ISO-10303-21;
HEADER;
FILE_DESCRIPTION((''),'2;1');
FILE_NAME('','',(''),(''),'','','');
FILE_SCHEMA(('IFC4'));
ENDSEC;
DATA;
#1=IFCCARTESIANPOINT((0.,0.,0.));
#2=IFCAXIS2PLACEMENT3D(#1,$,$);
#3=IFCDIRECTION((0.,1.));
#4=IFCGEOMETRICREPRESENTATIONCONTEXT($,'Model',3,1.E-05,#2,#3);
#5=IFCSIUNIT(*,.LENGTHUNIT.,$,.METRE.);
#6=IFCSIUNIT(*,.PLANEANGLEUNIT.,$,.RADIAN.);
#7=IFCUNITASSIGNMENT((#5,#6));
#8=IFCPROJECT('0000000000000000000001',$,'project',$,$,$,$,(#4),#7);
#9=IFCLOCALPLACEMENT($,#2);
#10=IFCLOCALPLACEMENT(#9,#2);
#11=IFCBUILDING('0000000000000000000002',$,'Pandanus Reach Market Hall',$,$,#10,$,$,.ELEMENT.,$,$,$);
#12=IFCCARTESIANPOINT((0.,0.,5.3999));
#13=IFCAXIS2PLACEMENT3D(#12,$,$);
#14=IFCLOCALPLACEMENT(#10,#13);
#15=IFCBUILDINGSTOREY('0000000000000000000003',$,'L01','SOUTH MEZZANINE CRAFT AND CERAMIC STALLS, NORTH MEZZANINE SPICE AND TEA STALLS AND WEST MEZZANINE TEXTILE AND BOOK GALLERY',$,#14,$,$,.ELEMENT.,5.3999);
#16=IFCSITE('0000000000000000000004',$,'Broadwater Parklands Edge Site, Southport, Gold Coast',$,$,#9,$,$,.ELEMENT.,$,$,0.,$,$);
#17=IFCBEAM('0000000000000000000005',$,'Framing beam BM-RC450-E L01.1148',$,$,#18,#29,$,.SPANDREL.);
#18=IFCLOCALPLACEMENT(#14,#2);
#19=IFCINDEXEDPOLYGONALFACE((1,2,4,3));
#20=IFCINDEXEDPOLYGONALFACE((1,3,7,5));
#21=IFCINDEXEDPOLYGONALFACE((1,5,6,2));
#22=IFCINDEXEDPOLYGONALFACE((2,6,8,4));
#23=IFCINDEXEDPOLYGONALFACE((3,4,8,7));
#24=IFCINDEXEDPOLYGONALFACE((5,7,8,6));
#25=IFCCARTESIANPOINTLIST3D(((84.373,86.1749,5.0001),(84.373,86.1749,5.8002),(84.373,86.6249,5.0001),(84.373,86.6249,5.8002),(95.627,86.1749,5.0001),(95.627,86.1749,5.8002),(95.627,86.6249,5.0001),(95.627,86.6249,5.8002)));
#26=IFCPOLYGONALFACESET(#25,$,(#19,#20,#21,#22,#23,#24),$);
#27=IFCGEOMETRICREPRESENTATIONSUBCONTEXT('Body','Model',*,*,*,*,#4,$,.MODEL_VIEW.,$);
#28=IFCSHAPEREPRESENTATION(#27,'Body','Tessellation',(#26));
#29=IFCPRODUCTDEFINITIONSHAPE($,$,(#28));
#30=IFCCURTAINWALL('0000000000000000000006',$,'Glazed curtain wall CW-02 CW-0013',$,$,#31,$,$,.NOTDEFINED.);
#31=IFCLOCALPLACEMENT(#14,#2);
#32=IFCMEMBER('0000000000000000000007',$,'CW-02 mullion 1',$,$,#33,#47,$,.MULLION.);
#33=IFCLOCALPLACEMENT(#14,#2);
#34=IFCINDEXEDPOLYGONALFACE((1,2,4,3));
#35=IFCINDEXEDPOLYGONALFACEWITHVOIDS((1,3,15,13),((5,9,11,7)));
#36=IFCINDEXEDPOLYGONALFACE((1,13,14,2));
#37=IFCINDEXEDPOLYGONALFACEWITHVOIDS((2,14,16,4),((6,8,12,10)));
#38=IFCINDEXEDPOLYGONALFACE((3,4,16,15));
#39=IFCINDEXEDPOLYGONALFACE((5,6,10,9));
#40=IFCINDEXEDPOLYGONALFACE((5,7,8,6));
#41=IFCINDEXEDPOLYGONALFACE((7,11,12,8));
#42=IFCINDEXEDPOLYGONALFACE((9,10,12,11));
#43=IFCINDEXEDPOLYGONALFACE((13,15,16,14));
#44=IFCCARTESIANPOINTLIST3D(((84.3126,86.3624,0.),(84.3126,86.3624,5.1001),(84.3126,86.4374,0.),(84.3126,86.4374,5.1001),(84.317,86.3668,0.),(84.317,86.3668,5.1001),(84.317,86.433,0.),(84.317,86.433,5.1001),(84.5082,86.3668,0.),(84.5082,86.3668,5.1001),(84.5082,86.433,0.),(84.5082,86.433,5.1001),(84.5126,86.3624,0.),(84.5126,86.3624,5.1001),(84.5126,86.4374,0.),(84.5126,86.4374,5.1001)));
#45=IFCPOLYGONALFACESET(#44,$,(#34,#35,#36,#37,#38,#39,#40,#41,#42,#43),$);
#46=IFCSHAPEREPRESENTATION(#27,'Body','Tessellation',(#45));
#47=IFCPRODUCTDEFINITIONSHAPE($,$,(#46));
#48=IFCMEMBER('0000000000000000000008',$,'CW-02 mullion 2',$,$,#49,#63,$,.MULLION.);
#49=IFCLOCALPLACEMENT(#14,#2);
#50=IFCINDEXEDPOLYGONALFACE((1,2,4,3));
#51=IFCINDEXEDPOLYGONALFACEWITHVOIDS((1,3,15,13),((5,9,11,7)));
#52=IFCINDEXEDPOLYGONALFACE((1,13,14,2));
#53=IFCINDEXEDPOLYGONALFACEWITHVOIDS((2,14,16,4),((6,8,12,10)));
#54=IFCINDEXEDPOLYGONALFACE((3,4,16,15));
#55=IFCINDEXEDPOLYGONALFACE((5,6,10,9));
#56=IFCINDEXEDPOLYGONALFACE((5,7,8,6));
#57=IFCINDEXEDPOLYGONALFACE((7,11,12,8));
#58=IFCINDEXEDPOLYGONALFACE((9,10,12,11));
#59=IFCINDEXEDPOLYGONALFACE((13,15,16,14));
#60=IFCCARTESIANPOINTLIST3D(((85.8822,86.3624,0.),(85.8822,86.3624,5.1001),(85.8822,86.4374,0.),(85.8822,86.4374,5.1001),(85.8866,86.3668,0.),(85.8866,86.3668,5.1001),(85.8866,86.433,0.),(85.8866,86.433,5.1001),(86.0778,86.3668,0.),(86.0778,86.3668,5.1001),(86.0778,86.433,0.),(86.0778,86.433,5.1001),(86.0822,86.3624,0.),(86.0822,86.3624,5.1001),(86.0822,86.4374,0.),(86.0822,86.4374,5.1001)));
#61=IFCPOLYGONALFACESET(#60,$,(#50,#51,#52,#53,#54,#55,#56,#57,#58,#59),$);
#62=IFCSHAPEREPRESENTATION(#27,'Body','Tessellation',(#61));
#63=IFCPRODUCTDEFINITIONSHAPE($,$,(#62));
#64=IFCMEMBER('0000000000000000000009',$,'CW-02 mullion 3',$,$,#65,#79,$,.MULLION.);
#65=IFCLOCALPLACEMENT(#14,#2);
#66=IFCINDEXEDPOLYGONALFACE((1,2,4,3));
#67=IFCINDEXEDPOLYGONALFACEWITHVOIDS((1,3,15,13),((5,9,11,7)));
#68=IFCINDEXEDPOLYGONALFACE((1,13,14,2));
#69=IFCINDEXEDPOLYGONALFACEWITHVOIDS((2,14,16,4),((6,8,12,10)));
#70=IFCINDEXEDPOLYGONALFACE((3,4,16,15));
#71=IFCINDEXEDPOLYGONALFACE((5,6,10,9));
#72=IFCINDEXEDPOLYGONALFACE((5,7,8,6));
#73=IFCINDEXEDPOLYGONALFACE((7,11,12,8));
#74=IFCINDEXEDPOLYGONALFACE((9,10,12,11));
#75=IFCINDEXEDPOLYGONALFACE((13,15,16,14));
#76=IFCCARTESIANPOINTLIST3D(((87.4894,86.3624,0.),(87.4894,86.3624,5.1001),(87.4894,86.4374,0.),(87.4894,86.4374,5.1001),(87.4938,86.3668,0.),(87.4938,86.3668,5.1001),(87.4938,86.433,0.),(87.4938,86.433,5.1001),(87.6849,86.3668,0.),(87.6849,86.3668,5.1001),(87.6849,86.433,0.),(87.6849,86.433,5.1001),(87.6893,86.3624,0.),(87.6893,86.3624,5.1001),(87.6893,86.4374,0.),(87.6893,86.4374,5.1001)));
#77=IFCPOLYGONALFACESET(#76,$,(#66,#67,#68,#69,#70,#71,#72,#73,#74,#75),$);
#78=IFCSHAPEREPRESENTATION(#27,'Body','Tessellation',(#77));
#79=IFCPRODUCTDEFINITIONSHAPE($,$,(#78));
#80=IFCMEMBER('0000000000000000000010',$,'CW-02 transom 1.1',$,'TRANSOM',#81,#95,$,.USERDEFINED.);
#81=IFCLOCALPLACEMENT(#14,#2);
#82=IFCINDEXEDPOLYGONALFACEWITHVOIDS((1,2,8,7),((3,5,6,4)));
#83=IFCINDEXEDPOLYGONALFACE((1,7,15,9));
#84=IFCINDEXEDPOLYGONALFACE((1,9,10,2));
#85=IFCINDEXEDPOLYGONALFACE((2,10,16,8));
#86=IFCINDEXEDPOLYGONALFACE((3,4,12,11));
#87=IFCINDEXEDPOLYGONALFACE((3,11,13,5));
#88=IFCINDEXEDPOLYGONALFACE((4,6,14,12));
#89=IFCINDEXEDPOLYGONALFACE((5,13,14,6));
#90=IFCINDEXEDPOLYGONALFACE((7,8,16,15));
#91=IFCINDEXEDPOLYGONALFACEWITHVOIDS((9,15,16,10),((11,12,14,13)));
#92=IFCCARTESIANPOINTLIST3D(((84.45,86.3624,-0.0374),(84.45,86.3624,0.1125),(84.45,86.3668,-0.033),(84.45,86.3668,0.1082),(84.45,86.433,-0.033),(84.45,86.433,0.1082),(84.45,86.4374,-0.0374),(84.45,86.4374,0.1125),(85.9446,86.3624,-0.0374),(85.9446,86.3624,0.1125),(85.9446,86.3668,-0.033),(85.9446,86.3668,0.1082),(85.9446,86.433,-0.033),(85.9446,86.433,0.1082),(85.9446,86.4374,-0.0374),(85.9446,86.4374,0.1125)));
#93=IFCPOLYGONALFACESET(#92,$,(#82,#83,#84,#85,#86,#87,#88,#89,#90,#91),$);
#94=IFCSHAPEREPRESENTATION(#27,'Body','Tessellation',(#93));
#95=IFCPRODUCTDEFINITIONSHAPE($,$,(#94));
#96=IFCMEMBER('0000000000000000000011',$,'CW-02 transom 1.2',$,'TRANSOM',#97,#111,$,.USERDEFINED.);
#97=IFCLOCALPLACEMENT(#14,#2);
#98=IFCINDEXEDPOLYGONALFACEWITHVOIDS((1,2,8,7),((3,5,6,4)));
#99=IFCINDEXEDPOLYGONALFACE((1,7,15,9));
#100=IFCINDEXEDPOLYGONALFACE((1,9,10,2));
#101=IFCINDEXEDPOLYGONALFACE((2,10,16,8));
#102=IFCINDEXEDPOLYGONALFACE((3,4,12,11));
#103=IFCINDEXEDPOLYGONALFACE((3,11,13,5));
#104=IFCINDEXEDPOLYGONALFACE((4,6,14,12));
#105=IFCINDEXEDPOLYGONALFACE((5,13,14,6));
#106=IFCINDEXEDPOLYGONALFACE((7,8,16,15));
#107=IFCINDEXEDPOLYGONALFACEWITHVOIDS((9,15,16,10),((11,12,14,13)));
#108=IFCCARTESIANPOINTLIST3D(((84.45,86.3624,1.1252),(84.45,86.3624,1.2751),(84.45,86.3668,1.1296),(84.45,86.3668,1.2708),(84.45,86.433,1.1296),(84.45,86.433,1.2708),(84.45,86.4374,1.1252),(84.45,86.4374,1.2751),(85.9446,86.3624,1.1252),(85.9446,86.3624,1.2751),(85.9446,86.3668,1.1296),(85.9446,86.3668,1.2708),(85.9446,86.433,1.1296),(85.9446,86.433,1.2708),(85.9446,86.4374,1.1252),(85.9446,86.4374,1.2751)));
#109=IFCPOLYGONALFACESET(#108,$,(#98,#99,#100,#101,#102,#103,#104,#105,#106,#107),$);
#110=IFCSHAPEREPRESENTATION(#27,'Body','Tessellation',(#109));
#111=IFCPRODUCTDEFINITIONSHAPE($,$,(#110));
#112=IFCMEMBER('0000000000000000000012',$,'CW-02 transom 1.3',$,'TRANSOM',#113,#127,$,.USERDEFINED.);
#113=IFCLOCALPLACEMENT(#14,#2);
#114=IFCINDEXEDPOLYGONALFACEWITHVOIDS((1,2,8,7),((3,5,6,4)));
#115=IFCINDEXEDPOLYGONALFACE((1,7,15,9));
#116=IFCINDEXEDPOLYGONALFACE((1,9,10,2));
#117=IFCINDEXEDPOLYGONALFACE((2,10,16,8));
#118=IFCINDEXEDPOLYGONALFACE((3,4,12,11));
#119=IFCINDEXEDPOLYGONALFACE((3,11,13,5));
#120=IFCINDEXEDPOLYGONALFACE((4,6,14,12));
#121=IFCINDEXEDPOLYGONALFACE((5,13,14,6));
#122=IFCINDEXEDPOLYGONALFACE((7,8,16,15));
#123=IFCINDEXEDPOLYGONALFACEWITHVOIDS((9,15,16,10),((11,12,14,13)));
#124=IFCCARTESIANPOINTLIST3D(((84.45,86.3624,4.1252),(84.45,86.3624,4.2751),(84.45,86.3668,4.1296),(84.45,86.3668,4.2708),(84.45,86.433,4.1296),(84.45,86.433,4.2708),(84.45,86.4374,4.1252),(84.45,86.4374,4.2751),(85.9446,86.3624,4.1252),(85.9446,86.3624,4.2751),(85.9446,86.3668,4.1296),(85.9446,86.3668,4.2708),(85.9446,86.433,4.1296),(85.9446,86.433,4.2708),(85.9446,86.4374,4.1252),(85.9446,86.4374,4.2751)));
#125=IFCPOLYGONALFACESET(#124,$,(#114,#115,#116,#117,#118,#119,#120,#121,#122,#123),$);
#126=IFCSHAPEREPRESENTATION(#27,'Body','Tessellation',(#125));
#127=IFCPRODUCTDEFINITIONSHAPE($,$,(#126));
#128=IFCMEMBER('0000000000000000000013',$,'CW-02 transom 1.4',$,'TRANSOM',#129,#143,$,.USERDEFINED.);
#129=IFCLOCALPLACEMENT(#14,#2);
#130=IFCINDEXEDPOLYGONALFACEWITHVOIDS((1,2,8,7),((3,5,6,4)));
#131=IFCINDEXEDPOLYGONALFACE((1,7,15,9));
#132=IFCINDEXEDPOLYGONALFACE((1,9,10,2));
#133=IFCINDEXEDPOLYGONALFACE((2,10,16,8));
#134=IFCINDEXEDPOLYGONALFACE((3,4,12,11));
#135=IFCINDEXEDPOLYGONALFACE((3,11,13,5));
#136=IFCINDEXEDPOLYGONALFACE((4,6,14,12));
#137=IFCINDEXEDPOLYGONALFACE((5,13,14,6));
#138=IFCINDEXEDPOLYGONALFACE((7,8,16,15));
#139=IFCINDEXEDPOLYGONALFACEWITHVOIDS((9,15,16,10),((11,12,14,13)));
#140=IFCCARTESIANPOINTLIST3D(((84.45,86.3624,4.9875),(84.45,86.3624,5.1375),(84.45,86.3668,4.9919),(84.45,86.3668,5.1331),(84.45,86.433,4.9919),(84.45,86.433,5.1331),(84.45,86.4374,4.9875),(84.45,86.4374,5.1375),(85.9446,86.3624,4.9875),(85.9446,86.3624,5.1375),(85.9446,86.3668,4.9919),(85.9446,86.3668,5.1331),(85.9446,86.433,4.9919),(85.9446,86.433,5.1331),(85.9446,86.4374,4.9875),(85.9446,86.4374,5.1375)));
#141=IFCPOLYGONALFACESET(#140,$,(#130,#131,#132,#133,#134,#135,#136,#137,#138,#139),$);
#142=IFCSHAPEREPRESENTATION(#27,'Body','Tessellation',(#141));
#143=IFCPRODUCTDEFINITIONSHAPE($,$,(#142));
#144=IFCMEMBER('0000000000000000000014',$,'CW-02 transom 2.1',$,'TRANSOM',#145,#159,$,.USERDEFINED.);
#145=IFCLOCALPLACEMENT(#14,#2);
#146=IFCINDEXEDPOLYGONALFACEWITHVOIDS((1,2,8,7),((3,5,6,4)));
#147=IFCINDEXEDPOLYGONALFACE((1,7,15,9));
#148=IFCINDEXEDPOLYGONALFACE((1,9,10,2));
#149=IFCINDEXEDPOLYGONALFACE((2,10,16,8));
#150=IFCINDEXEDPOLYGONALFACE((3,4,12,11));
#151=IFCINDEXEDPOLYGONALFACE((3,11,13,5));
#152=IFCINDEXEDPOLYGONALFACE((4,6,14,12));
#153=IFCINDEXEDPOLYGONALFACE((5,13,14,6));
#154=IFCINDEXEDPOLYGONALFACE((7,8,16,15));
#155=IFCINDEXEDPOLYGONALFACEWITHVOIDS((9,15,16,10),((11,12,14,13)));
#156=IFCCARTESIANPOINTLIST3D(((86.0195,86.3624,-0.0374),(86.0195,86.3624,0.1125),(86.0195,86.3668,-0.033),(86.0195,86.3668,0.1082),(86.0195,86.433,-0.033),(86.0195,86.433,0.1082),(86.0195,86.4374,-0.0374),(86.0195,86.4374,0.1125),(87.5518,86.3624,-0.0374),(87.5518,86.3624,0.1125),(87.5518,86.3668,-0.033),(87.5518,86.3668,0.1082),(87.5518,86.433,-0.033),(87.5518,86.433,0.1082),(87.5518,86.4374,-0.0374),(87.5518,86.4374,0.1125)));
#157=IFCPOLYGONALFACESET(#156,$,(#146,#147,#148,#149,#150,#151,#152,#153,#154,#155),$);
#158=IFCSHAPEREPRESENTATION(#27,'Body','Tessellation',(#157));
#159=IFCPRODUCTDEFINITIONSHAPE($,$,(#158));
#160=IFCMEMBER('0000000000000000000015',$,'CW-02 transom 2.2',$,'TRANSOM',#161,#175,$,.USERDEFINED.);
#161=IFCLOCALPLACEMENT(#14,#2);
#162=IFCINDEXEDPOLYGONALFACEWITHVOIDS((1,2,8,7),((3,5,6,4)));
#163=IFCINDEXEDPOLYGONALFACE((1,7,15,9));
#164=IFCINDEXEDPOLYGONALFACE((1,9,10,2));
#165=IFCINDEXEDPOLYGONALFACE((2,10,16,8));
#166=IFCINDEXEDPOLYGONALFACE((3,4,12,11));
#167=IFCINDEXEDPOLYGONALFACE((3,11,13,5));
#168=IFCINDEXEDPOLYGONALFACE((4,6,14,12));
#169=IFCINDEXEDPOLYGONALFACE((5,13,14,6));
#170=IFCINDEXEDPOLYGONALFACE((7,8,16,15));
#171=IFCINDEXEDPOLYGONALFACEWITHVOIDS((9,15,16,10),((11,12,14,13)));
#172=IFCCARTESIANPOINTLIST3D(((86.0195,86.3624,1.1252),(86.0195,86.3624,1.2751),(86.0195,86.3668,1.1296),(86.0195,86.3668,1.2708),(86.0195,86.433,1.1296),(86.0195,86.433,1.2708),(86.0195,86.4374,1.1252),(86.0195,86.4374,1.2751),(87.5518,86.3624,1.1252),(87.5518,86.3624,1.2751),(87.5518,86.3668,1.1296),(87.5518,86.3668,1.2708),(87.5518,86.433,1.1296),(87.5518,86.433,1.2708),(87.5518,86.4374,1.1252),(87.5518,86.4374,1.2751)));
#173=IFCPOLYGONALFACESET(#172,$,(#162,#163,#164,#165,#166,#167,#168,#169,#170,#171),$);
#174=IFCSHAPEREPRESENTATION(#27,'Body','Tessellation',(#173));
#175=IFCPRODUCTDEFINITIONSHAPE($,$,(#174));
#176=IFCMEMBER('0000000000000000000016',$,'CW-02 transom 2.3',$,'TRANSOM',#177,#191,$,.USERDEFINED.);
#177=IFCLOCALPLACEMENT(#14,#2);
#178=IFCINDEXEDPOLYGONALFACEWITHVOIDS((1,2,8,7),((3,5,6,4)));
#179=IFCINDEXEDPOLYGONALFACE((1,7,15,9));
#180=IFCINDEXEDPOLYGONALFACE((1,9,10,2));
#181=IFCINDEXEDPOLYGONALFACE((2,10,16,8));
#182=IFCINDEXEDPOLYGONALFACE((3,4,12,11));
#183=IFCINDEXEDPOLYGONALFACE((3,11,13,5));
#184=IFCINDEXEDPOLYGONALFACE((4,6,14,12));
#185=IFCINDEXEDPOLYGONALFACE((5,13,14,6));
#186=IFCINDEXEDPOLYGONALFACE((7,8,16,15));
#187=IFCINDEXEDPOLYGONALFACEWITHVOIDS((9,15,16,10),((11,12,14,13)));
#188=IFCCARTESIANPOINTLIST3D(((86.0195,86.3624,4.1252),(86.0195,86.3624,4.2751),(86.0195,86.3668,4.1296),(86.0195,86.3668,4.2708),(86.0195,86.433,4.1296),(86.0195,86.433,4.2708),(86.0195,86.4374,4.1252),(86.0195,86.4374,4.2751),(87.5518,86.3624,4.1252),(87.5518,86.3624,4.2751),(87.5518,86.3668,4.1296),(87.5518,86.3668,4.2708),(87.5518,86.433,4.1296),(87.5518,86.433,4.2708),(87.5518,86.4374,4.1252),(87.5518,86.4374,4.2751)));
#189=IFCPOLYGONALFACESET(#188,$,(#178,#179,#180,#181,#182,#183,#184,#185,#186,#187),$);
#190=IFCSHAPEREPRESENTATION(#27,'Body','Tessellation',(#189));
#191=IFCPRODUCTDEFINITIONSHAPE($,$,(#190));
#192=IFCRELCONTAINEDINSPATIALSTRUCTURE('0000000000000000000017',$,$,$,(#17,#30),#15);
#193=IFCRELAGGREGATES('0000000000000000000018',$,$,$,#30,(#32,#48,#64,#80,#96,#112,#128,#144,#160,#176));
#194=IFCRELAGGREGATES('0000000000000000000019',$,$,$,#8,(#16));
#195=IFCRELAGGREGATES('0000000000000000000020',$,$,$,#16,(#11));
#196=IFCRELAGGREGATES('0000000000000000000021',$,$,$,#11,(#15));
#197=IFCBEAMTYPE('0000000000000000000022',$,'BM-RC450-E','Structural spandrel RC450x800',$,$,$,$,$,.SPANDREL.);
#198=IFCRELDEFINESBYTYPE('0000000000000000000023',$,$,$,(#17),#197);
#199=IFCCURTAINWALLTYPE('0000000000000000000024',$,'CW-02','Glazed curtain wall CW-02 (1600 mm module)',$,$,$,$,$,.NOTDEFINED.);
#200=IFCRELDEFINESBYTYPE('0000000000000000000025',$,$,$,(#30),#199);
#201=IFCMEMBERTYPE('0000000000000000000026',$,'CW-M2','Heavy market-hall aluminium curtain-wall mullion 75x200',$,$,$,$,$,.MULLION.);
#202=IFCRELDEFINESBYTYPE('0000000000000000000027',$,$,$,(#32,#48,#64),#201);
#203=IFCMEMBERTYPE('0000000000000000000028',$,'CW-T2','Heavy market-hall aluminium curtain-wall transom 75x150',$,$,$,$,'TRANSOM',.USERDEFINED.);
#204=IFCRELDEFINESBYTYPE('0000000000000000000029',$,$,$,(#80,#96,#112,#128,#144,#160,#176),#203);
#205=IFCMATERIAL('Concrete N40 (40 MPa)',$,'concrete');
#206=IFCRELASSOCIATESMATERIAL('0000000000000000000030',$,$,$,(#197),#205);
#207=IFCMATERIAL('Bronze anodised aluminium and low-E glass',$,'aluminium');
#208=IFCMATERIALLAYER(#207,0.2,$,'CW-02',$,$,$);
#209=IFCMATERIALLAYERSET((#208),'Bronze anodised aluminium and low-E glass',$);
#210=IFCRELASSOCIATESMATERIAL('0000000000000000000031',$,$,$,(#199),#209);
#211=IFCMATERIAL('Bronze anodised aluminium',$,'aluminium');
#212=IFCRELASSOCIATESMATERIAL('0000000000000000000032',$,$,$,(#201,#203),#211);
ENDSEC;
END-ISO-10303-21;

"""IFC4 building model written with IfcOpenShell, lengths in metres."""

from ifc_helpers import new_model, si_unit, direction, frame, origin, origin_2d, place, context, subcontext, project, spatial, rectangle, hollow_rectangle, extrude, material, layer, layer_set, material_profile, profile_set, type_object, element, aggregate, save


model = new_model("IFC4")

# Units and contexts
model_context = context("Model", 3, precision=1e-05, world=origin(), true_north=direction((0.0, 1.0)))
body_context = subcontext(model_context, "Body", "Model", "MODEL_VIEW")
ifc_project = project(units=[si_unit("LENGTHUNIT", "METRE"), si_unit("PLANEANGLEUNIT", "RADIAN")], contexts=[model_context])

# Site, building, storey
site_placement = place(None, origin())
site = spatial("IfcSite", under=ifc_project, at=site_placement, Name="Broadwater Parklands Edge Site, Southport, Gold Coast", CompositionType="ELEMENT", RefElevation=0.0)
building_placement = place(site_placement, origin())
building = spatial("IfcBuilding", under=site, at=building_placement, Name="Pandanus Reach Market Hall", CompositionType="ELEMENT")
storey_placement = place(building_placement, frame((0.0, 0.0, 5.3999)))
storey = spatial("IfcBuildingStorey", under=building, at=storey_placement, Name="L01", Description="SOUTH MEZZANINE CRAFT AND CERAMIC STALLS, NORTH MEZZANINE SPICE AND TEA STALLS AND WEST MEZZANINE TEXTILE AND BOOK GALLERY", CompositionType="ELEMENT", Elevation=5.3999)

# Beam
ifc_material_1 = material(Name="Concrete N40 (40 MPa)", Category="concrete")
ifc_material_profile_1 = material_profile(ifc_material_1, rectangle(XDim=0.45, YDim=0.8, at=origin_2d()), Name="RC450x800", Category="LoadBearing")
ifc_profile_set_1 = profile_set([ifc_material_profile_1], Name="Concrete N40 (40 MPa)")
beam_type = type_object("IfcBeamType", Name="BM-RC450-E", Description="Structural spandrel RC450x800", PredefinedType="SPANDREL", material=ifc_profile_set_1)
beam_placement = place(storey_placement, frame((84.373, 86.3999, 5.4001), z_axis=(1.0, 0.0, 0.0), x_axis=(0.0, 1.0, 0.0)))
element("IfcBeam", 1, at=beam_placement, inside=storey, type_object=beam_type, Name="Framing beam BM-RC450-E L01.1148", PredefinedType="SPANDREL", context=body_context, shape_type="SweptSolid", body=[
    extrude(rectangle(XDim=0.45, YDim=0.8, at=origin_2d()), origin(), (0.0, 0.0, 1.0), 11.2539),
])

# Curtain wall, members
ifc_material_2 = material(Name="Bronze anodised aluminium and low-E glass", Category="aluminium")
ifc_layer_1 = layer(ifc_material_2, 0.2, Name="CW-02")
ifc_layer_set_1 = layer_set([ifc_layer_1], Name="Bronze anodised aluminium and low-E glass")
curtain_wall_type = type_object("IfcCurtainWallType", Name="CW-02", Description="Glazed curtain wall CW-02 (1600 mm module)", PredefinedType="NOTDEFINED", material=ifc_layer_set_1)
curtain_wall_placement = place(storey_placement, origin())
curtain_wall = element("IfcCurtainWall", 2, at=curtain_wall_placement, inside=storey, type_object=curtain_wall_type, Name="Glazed curtain wall CW-02 CW-0013", PredefinedType="NOTDEFINED")
ifc_material_3 = material(Name="Bronze anodised aluminium", Category="aluminium")
ifc_material_profile_2 = material_profile(ifc_material_3, hollow_rectangle(XDim=0.075, YDim=0.2, WallThickness=0.0044, at=origin_2d()), Name="ALU75x200", Category="LoadBearing")
ifc_profile_set_2 = profile_set([ifc_material_profile_2], Name="Bronze anodised aluminium")
member_type_1 = type_object("IfcMemberType", Name="CW-M2", Description="Heavy market-hall aluminium curtain-wall mullion 75x200", PredefinedType="MULLION", material=ifc_profile_set_2)
member_1_placement = place(storey_placement, frame((84.4126, 86.3999, 0.0), z_axis=(0.0, 0.0, 1.0), x_axis=(0.0, 1.0, 0.0)))
member_1 = element("IfcMember", 3, at=member_1_placement, type_object=member_type_1, Name="CW-02 mullion 1", PredefinedType="MULLION", context=body_context, shape_type="SweptSolid", body=[
    extrude(hollow_rectangle(XDim=0.075, YDim=0.2, WallThickness=0.0044, at=origin_2d()), origin(), (0.0, 0.0, 1.0), 5.1001),
])
member_2_placement = place(storey_placement, frame((85.9822, 86.3999, 0.0), z_axis=(0.0, 0.0, 1.0), x_axis=(0.0, 1.0, 0.0)))
member_2 = element("IfcMember", 4, at=member_2_placement, type_object=member_type_1, Name="CW-02 mullion 2", PredefinedType="MULLION", context=body_context, shape_type="SweptSolid", body=[
    extrude(hollow_rectangle(XDim=0.075, YDim=0.2, WallThickness=0.0044, at=origin_2d()), origin(), (0.0, 0.0, 1.0), 5.1001),
])
member_3_placement = place(storey_placement, frame((87.5894, 86.3999, 0.0), z_axis=(0.0, 0.0, 1.0), x_axis=(0.0, 1.0, 0.0)))
member_3 = element("IfcMember", 5, at=member_3_placement, type_object=member_type_1, Name="CW-02 mullion 3", PredefinedType="MULLION", context=body_context, shape_type="SweptSolid", body=[
    extrude(hollow_rectangle(XDim=0.075, YDim=0.2, WallThickness=0.0044, at=origin_2d()), origin(), (0.0, 0.0, 1.0), 5.1001),
])
ifc_material_profile_3 = material_profile(ifc_material_3, hollow_rectangle(XDim=0.075, YDim=0.1499, WallThickness=0.0044, at=origin_2d()), Name="ALU75x150", Category="LoadBearing")
ifc_profile_set_3 = profile_set([ifc_material_profile_3], Name="Bronze anodised aluminium")
member_type_2 = type_object("IfcMemberType", Name="CW-T2", Description="Heavy market-hall aluminium curtain-wall transom 75x150", ElementType="TRANSOM", PredefinedType="USERDEFINED", material=ifc_profile_set_3)
member_4_placement = place(storey_placement, frame((84.45, 86.3999, 0.0376), z_axis=(1.0, 0.0, 0.0), x_axis=(0.0, 1.0, 0.0)))
member_4 = element("IfcMember", 6, at=member_4_placement, type_object=member_type_2, Name="CW-02 transom 1.1", ObjectType="TRANSOM", PredefinedType="USERDEFINED", context=body_context, shape_type="SweptSolid", body=[
    extrude(hollow_rectangle(XDim=0.075, YDim=0.1499, WallThickness=0.0044, at=origin_2d()), origin(), (0.0, 0.0, 1.0), 1.4946),
])
member_5_placement = place(storey_placement, frame((84.45, 86.3999, 1.2002), z_axis=(1.0, 0.0, 0.0), x_axis=(0.0, 1.0, 0.0)))
member_5 = element("IfcMember", 7, at=member_5_placement, type_object=member_type_2, Name="CW-02 transom 1.2", ObjectType="TRANSOM", PredefinedType="USERDEFINED", context=body_context, shape_type="SweptSolid", body=[
    extrude(hollow_rectangle(XDim=0.075, YDim=0.1499, WallThickness=0.0044, at=origin_2d()), origin(), (0.0, 0.0, 1.0), 1.4946),
])
member_6_placement = place(storey_placement, frame((84.45, 86.3999, 4.2002), z_axis=(1.0, 0.0, 0.0), x_axis=(0.0, 1.0, 0.0)))
member_6 = element("IfcMember", 8, at=member_6_placement, type_object=member_type_2, Name="CW-02 transom 1.3", ObjectType="TRANSOM", PredefinedType="USERDEFINED", context=body_context, shape_type="SweptSolid", body=[
    extrude(hollow_rectangle(XDim=0.075, YDim=0.1499, WallThickness=0.0044, at=origin_2d()), origin(), (0.0, 0.0, 1.0), 1.4946),
])
member_7_placement = place(storey_placement, frame((84.45, 86.3999, 5.0625), z_axis=(1.0, 0.0, 0.0), x_axis=(0.0, 1.0, 0.0)))
member_7 = element("IfcMember", 9, at=member_7_placement, type_object=member_type_2, Name="CW-02 transom 1.4", ObjectType="TRANSOM", PredefinedType="USERDEFINED", context=body_context, shape_type="SweptSolid", body=[
    extrude(hollow_rectangle(XDim=0.075, YDim=0.1499, WallThickness=0.0044, at=origin_2d()), origin(), (0.0, 0.0, 1.0), 1.4946),
])
member_8_placement = place(storey_placement, frame((86.0195, 86.3999, 0.0376), z_axis=(1.0, 0.0, 0.0), x_axis=(0.0, 1.0, 0.0)))
member_8 = element("IfcMember", 10, at=member_8_placement, type_object=member_type_2, Name="CW-02 transom 2.1", ObjectType="TRANSOM", PredefinedType="USERDEFINED", context=body_context, shape_type="SweptSolid", body=[
    extrude(hollow_rectangle(XDim=0.075, YDim=0.1499, WallThickness=0.0044, at=origin_2d()), origin(), (0.0, 0.0, 1.0), 1.5322),
])
member_9_placement = place(storey_placement, frame((86.0195, 86.3999, 1.2002), z_axis=(1.0, 0.0, 0.0), x_axis=(0.0, 1.0, 0.0)))
member_9 = element("IfcMember", 11, at=member_9_placement, type_object=member_type_2, Name="CW-02 transom 2.2", ObjectType="TRANSOM", PredefinedType="USERDEFINED", context=body_context, shape_type="SweptSolid", body=[
    extrude(hollow_rectangle(XDim=0.075, YDim=0.1499, WallThickness=0.0044, at=origin_2d()), origin(), (0.0, 0.0, 1.0), 1.5322),
])
member_10_placement = place(storey_placement, frame((86.0195, 86.3999, 4.2002), z_axis=(1.0, 0.0, 0.0), x_axis=(0.0, 1.0, 0.0)))
member_10 = element("IfcMember", 12, at=member_10_placement, type_object=member_type_2, Name="CW-02 transom 2.3", ObjectType="TRANSOM", PredefinedType="USERDEFINED", context=body_context, shape_type="SweptSolid", body=[
    extrude(hollow_rectangle(XDim=0.075, YDim=0.1499, WallThickness=0.0044, at=origin_2d()), origin(), (0.0, 0.0, 1.0), 1.5322),
])
aggregate(curtain_wall, [member_1, member_2, member_3, member_4, member_5, member_6, member_7, member_8, member_9, member_10])

save(model, "model.ifc")
